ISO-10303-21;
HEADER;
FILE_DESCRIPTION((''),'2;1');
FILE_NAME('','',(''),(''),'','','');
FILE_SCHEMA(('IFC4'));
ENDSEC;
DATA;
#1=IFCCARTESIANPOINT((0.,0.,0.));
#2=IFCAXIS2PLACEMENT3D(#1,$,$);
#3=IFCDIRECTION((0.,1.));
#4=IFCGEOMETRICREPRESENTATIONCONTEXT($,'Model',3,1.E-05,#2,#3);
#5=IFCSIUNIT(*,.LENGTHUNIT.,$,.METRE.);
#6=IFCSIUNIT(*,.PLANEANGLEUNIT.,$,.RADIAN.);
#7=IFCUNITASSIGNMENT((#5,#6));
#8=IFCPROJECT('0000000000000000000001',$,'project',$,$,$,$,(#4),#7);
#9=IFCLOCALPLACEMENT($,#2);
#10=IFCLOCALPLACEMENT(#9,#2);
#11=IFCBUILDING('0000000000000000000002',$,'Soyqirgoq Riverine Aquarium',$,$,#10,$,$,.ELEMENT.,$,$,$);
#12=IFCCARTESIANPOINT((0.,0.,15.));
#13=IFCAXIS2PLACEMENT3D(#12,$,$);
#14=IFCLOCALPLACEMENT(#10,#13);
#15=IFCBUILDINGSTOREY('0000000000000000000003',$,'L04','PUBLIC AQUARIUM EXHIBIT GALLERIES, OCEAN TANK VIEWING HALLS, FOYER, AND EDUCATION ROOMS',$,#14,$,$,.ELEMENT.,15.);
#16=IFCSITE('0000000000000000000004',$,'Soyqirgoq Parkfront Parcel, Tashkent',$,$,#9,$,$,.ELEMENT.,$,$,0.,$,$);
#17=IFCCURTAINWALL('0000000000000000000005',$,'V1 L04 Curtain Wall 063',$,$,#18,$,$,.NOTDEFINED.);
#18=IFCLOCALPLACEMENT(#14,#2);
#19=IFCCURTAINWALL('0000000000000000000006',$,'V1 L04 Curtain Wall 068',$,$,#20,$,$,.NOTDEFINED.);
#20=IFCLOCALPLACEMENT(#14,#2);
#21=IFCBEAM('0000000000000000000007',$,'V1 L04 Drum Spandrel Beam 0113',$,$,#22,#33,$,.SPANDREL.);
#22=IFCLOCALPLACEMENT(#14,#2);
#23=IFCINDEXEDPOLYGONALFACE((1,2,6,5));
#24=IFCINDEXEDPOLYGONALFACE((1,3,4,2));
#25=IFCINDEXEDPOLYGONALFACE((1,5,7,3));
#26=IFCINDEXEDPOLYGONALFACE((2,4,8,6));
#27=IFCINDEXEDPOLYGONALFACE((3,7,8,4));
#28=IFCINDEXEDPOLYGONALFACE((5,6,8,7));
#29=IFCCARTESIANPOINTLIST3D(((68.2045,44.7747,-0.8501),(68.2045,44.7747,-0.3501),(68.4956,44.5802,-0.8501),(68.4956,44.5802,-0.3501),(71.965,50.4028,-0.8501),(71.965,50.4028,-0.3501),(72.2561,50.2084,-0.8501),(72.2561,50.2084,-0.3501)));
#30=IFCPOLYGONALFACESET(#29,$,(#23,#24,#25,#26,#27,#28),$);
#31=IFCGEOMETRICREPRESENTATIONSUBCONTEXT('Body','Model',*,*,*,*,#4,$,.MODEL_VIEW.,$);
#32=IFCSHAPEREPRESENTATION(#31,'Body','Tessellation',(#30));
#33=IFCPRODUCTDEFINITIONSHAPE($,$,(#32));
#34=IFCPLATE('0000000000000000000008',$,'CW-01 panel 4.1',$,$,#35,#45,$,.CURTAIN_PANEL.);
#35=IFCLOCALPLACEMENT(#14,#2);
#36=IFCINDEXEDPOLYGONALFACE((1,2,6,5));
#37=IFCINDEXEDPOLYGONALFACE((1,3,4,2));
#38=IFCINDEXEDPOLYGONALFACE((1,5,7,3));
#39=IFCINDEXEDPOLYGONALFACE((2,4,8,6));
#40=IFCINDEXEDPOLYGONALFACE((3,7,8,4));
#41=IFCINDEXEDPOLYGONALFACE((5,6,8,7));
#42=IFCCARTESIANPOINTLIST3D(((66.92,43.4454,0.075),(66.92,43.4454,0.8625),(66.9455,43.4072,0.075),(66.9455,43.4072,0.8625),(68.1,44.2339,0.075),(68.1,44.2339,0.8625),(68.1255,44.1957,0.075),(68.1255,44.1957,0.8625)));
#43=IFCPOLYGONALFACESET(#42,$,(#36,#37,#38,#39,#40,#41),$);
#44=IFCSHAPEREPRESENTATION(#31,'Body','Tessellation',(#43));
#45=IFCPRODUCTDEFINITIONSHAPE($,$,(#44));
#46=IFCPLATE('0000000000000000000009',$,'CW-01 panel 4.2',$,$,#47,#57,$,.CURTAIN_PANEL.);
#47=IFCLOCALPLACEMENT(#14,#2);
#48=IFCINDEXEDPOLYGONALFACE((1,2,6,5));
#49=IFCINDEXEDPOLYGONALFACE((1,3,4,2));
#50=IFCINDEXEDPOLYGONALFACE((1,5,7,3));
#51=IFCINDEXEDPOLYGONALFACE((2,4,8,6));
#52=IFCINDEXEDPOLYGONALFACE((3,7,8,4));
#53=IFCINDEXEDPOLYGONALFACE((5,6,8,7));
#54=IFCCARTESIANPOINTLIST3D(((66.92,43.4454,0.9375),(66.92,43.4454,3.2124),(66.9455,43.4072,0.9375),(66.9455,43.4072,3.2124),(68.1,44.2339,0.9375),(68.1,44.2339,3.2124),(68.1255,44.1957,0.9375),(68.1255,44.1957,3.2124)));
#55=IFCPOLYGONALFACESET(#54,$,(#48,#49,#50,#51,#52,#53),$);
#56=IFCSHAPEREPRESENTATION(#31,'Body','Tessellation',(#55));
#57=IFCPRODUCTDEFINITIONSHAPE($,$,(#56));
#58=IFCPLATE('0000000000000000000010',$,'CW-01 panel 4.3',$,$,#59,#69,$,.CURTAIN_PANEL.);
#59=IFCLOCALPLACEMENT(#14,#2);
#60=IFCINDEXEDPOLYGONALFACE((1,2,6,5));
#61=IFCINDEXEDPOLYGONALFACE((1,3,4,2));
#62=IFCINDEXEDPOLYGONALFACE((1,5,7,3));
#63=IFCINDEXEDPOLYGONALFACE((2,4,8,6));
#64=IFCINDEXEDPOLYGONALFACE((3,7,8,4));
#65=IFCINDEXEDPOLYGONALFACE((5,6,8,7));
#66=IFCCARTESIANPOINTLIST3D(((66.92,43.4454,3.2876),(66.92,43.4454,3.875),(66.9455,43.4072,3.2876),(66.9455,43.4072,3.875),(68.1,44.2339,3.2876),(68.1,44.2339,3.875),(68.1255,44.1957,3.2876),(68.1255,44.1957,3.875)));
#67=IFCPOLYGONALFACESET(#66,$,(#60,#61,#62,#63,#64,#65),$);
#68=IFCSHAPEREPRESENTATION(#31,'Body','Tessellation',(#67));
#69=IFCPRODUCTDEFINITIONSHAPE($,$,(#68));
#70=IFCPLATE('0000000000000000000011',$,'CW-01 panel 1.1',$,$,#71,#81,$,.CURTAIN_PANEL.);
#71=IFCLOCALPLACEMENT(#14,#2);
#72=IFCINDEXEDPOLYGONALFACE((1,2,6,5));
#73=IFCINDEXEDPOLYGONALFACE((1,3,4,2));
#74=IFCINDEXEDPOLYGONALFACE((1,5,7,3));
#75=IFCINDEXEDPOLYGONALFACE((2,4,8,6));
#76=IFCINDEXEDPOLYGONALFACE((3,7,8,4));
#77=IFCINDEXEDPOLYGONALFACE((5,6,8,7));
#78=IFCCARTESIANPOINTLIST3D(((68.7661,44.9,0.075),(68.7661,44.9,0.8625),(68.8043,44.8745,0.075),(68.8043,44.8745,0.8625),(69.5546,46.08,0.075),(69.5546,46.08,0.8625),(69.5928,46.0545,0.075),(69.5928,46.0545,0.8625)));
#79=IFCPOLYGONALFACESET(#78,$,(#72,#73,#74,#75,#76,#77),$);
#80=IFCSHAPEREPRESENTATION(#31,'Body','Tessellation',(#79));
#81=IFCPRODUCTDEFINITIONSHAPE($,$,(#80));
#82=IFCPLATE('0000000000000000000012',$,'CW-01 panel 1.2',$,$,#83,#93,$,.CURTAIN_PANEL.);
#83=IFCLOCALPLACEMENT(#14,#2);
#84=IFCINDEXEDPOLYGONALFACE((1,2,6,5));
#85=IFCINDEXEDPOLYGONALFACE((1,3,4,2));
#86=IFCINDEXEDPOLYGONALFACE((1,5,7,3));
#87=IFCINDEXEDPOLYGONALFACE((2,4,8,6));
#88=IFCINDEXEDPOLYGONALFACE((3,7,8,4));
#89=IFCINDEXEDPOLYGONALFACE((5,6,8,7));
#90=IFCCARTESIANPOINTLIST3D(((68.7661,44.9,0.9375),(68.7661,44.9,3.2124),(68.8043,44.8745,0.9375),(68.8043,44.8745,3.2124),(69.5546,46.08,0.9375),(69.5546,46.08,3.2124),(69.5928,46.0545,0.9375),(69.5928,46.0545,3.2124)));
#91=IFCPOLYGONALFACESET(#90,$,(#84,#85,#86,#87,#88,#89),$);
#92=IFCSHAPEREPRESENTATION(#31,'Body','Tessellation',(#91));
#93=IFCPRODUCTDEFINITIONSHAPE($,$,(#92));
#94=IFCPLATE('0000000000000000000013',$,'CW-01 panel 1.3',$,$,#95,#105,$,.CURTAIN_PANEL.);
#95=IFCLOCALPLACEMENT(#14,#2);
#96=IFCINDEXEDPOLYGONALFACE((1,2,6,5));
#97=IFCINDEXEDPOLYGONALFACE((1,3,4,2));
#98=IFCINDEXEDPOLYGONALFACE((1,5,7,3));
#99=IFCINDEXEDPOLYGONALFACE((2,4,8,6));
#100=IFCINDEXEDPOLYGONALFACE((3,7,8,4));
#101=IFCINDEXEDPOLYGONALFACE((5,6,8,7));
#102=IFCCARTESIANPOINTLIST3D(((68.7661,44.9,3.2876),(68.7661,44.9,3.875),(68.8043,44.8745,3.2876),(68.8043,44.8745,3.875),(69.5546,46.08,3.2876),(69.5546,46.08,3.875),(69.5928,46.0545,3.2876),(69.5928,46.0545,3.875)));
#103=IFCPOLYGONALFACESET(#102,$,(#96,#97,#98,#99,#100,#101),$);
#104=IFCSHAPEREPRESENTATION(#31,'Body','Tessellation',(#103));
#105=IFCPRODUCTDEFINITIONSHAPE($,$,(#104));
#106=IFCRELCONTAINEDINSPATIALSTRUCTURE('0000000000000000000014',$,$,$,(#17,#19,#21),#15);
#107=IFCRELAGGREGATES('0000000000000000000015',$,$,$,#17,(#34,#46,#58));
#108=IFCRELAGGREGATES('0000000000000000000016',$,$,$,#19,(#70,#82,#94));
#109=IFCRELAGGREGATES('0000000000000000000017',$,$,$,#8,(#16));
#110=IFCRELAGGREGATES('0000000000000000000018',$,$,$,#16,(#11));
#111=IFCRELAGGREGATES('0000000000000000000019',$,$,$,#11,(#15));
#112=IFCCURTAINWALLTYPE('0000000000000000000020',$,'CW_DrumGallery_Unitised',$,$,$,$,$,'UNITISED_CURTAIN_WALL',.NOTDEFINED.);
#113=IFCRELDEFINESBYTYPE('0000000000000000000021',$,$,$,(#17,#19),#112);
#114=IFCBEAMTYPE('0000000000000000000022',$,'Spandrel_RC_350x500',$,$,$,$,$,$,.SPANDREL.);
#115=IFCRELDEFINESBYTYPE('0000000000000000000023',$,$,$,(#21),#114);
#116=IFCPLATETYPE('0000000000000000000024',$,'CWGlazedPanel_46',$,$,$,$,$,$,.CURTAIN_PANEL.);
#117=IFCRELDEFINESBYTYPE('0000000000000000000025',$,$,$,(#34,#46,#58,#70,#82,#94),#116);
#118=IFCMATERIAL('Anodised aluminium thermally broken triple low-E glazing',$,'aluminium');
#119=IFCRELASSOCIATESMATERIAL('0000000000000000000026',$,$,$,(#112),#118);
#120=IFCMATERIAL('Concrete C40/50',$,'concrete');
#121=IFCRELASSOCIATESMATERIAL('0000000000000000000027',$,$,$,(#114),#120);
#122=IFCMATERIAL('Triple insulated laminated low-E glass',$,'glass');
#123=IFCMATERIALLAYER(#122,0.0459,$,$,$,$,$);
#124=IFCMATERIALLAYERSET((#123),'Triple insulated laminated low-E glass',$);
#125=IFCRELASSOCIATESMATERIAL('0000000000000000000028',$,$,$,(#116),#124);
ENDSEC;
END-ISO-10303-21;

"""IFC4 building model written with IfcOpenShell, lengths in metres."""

from ifc_helpers import new_model, si_unit, direction, frame, origin, origin_2d, place, context, subcontext, project, spatial, rectangle, extrude, material, layer, layer_set, material_profile, profile_set, type_object, element, aggregate, save


model = new_model("IFC4")

# Units and contexts
model_context = context("Model", 3, precision=1e-05, world=origin(), true_north=direction((0.0, 1.0)))
body_context = subcontext(model_context, "Body", "Model", "MODEL_VIEW")
ifc_project = project(units=[si_unit("LENGTHUNIT", "METRE"), si_unit("PLANEANGLEUNIT", "RADIAN")], contexts=[model_context])

# Site, building, storey
site_placement = place(None, origin())
site = spatial("IfcSite", under=ifc_project, at=site_placement, Name="Soyqirgoq Parkfront Parcel, Tashkent", CompositionType="ELEMENT", RefElevation=0.0)
building_placement = place(site_placement, origin())
building = spatial("IfcBuilding", under=site, at=building_placement, Name="Soyqirgoq Riverine Aquarium", CompositionType="ELEMENT")
storey_placement = place(building_placement, frame((0.0, 0.0, 15.0)))
storey = spatial("IfcBuildingStorey", under=building, at=storey_placement, Name="L04", Description="PUBLIC AQUARIUM EXHIBIT GALLERIES, OCEAN TANK VIEWING HALLS, FOYER, AND EDUCATION ROOMS", CompositionType="ELEMENT", Elevation=15.0)

# Curtain wall
ifc_material_1 = material(Name="Anodised aluminium thermally broken triple low-E glazing", Category="aluminium")
curtain_wall_type = type_object("IfcCurtainWallType", Name="CW_DrumGallery_Unitised", ElementType="UNITISED_CURTAIN_WALL", PredefinedType="NOTDEFINED", material=ifc_material_1)
curtain_wall_1_placement = place(storey_placement, origin())
curtain_wall_1 = element("IfcCurtainWall", 1, at=curtain_wall_1_placement, inside=storey, type_object=curtain_wall_type, Name="V1 L04 Curtain Wall 063", PredefinedType="NOTDEFINED")

# Curtain wall
curtain_wall_2_placement = place(storey_placement, origin())
curtain_wall_2 = element("IfcCurtainWall", 2, at=curtain_wall_2_placement, inside=storey, type_object=curtain_wall_type, Name="V1 L04 Curtain Wall 068", PredefinedType="NOTDEFINED")

# Beam
ifc_material_2 = material(Name="Concrete C40/50", Category="concrete")
ifc_material_profile_1 = material_profile(ifc_material_2, rectangle(XDim=0.3501, YDim=0.5, at=origin_2d()), Name="RC 350x500")
ifc_profile_set_1 = profile_set([ifc_material_profile_1], Name="Concrete C40/50")
beam_type = type_object("IfcBeamType", Name="Spandrel_RC_350x500", PredefinedType="SPANDREL", material=ifc_profile_set_1)
beam_placement = place(storey_placement, frame((68.3501, 44.6775, -0.6001), z_axis=(0.555557, 0.831478, 0.0), x_axis=(-0.831478, 0.555557, 0.0)))
element("IfcBeam", 3, at=beam_placement, inside=storey, type_object=beam_type, Name="V1 L04 Drum Spandrel Beam 0113", PredefinedType="SPANDREL", context=body_context, shape_type="SweptSolid", body=[
    extrude(rectangle(XDim=0.3501, YDim=0.5, at=origin_2d()), origin(), (0.0, 0.0, 1.0), 6.7688),
])

# Plates
ifc_material_3 = material(Name="Triple insulated laminated low-E glass", Category="glass")
ifc_layer = layer(ifc_material_3, 0.0459)
ifc_layer_set = layer_set([ifc_layer], Name="Triple insulated laminated low-E glass")
plate_type = type_object("IfcPlateType", Name="CWGlazedPanel_46", PredefinedType="CURTAIN_PANEL", material=ifc_layer_set)
plate_1_placement = place(storey_placement, frame((67.5227, 43.8206, 0.075), z_axis=(0.0, 0.0, 1.0), x_axis=(0.831464, 0.555579, 0.0)))
plate_1 = element("IfcPlate", 4, at=plate_1_placement, type_object=plate_type, Name="CW-01 panel 4.1", PredefinedType="CURTAIN_PANEL", context=body_context, shape_type="SweptSolid", body=[
    extrude(rectangle(XDim=1.4192, YDim=0.0459, at=origin_2d()), origin(), (0.0, 0.0, 1.0), 0.7876),
])
plate_2_placement = place(storey_placement, frame((67.5227, 43.8206, 0.9375), z_axis=(0.0, 0.0, 1.0), x_axis=(0.831464, 0.555579, 0.0)))
plate_2 = element("IfcPlate", 5, at=plate_2_placement, type_object=plate_type, Name="CW-01 panel 4.2", PredefinedType="CURTAIN_PANEL", context=body_context, shape_type="SweptSolid", body=[
    extrude(rectangle(XDim=1.4192, YDim=0.0459, at=origin_2d()), origin(), (0.0, 0.0, 1.0), 2.2749),
])
plate_3_placement = place(storey_placement, frame((67.5227, 43.8206, 3.2876), z_axis=(0.0, 0.0, 1.0), x_axis=(0.831464, 0.555579, 0.0)))
plate_3 = element("IfcPlate", 6, at=plate_3_placement, type_object=plate_type, Name="CW-01 panel 4.3", PredefinedType="CURTAIN_PANEL", context=body_context, shape_type="SweptSolid", body=[
    extrude(rectangle(XDim=1.4192, YDim=0.0459, at=origin_2d()), origin(), (0.0, 0.0, 1.0), 0.5874),
])
aggregate(curtain_wall_1, [plate_1, plate_2, plate_3])
plate_4_placement = place(storey_placement, frame((69.1794, 45.4773, 0.075), z_axis=(0.0, 0.0, 1.0), x_axis=(0.555579, 0.831464, 0.0)))
plate_4 = element("IfcPlate", 7, at=plate_4_placement, type_object=plate_type, Name="CW-01 panel 1.1", PredefinedType="CURTAIN_PANEL", context=body_context, shape_type="SweptSolid", body=[
    extrude(rectangle(XDim=1.4192, YDim=0.0459, at=origin_2d()), origin(), (0.0, 0.0, 1.0), 0.7876),
])
plate_5_placement = place(storey_placement, frame((69.1794, 45.4773, 0.9375), z_axis=(0.0, 0.0, 1.0), x_axis=(0.555579, 0.831464, 0.0)))
plate_5 = element("IfcPlate", 8, at=plate_5_placement, type_object=plate_type, Name="CW-01 panel 1.2", PredefinedType="CURTAIN_PANEL", context=body_context, shape_type="SweptSolid", body=[
    extrude(rectangle(XDim=1.4192, YDim=0.0459, at=origin_2d()), origin(), (0.0, 0.0, 1.0), 2.2749),
])
plate_6_placement = place(storey_placement, frame((69.1794, 45.4773, 3.2876), z_axis=(0.0, 0.0, 1.0), x_axis=(0.555579, 0.831464, 0.0)))
plate_6 = element("IfcPlate", 9, at=plate_6_placement, type_object=plate_type, Name="CW-01 panel 1.3", PredefinedType="CURTAIN_PANEL", context=body_context, shape_type="SweptSolid", body=[
    extrude(rectangle(XDim=1.4192, YDim=0.0459, at=origin_2d()), origin(), (0.0, 0.0, 1.0), 0.5874),
])
aggregate(curtain_wall_2, [plate_4, plate_5, plate_6])

save(model, "model.ifc")
